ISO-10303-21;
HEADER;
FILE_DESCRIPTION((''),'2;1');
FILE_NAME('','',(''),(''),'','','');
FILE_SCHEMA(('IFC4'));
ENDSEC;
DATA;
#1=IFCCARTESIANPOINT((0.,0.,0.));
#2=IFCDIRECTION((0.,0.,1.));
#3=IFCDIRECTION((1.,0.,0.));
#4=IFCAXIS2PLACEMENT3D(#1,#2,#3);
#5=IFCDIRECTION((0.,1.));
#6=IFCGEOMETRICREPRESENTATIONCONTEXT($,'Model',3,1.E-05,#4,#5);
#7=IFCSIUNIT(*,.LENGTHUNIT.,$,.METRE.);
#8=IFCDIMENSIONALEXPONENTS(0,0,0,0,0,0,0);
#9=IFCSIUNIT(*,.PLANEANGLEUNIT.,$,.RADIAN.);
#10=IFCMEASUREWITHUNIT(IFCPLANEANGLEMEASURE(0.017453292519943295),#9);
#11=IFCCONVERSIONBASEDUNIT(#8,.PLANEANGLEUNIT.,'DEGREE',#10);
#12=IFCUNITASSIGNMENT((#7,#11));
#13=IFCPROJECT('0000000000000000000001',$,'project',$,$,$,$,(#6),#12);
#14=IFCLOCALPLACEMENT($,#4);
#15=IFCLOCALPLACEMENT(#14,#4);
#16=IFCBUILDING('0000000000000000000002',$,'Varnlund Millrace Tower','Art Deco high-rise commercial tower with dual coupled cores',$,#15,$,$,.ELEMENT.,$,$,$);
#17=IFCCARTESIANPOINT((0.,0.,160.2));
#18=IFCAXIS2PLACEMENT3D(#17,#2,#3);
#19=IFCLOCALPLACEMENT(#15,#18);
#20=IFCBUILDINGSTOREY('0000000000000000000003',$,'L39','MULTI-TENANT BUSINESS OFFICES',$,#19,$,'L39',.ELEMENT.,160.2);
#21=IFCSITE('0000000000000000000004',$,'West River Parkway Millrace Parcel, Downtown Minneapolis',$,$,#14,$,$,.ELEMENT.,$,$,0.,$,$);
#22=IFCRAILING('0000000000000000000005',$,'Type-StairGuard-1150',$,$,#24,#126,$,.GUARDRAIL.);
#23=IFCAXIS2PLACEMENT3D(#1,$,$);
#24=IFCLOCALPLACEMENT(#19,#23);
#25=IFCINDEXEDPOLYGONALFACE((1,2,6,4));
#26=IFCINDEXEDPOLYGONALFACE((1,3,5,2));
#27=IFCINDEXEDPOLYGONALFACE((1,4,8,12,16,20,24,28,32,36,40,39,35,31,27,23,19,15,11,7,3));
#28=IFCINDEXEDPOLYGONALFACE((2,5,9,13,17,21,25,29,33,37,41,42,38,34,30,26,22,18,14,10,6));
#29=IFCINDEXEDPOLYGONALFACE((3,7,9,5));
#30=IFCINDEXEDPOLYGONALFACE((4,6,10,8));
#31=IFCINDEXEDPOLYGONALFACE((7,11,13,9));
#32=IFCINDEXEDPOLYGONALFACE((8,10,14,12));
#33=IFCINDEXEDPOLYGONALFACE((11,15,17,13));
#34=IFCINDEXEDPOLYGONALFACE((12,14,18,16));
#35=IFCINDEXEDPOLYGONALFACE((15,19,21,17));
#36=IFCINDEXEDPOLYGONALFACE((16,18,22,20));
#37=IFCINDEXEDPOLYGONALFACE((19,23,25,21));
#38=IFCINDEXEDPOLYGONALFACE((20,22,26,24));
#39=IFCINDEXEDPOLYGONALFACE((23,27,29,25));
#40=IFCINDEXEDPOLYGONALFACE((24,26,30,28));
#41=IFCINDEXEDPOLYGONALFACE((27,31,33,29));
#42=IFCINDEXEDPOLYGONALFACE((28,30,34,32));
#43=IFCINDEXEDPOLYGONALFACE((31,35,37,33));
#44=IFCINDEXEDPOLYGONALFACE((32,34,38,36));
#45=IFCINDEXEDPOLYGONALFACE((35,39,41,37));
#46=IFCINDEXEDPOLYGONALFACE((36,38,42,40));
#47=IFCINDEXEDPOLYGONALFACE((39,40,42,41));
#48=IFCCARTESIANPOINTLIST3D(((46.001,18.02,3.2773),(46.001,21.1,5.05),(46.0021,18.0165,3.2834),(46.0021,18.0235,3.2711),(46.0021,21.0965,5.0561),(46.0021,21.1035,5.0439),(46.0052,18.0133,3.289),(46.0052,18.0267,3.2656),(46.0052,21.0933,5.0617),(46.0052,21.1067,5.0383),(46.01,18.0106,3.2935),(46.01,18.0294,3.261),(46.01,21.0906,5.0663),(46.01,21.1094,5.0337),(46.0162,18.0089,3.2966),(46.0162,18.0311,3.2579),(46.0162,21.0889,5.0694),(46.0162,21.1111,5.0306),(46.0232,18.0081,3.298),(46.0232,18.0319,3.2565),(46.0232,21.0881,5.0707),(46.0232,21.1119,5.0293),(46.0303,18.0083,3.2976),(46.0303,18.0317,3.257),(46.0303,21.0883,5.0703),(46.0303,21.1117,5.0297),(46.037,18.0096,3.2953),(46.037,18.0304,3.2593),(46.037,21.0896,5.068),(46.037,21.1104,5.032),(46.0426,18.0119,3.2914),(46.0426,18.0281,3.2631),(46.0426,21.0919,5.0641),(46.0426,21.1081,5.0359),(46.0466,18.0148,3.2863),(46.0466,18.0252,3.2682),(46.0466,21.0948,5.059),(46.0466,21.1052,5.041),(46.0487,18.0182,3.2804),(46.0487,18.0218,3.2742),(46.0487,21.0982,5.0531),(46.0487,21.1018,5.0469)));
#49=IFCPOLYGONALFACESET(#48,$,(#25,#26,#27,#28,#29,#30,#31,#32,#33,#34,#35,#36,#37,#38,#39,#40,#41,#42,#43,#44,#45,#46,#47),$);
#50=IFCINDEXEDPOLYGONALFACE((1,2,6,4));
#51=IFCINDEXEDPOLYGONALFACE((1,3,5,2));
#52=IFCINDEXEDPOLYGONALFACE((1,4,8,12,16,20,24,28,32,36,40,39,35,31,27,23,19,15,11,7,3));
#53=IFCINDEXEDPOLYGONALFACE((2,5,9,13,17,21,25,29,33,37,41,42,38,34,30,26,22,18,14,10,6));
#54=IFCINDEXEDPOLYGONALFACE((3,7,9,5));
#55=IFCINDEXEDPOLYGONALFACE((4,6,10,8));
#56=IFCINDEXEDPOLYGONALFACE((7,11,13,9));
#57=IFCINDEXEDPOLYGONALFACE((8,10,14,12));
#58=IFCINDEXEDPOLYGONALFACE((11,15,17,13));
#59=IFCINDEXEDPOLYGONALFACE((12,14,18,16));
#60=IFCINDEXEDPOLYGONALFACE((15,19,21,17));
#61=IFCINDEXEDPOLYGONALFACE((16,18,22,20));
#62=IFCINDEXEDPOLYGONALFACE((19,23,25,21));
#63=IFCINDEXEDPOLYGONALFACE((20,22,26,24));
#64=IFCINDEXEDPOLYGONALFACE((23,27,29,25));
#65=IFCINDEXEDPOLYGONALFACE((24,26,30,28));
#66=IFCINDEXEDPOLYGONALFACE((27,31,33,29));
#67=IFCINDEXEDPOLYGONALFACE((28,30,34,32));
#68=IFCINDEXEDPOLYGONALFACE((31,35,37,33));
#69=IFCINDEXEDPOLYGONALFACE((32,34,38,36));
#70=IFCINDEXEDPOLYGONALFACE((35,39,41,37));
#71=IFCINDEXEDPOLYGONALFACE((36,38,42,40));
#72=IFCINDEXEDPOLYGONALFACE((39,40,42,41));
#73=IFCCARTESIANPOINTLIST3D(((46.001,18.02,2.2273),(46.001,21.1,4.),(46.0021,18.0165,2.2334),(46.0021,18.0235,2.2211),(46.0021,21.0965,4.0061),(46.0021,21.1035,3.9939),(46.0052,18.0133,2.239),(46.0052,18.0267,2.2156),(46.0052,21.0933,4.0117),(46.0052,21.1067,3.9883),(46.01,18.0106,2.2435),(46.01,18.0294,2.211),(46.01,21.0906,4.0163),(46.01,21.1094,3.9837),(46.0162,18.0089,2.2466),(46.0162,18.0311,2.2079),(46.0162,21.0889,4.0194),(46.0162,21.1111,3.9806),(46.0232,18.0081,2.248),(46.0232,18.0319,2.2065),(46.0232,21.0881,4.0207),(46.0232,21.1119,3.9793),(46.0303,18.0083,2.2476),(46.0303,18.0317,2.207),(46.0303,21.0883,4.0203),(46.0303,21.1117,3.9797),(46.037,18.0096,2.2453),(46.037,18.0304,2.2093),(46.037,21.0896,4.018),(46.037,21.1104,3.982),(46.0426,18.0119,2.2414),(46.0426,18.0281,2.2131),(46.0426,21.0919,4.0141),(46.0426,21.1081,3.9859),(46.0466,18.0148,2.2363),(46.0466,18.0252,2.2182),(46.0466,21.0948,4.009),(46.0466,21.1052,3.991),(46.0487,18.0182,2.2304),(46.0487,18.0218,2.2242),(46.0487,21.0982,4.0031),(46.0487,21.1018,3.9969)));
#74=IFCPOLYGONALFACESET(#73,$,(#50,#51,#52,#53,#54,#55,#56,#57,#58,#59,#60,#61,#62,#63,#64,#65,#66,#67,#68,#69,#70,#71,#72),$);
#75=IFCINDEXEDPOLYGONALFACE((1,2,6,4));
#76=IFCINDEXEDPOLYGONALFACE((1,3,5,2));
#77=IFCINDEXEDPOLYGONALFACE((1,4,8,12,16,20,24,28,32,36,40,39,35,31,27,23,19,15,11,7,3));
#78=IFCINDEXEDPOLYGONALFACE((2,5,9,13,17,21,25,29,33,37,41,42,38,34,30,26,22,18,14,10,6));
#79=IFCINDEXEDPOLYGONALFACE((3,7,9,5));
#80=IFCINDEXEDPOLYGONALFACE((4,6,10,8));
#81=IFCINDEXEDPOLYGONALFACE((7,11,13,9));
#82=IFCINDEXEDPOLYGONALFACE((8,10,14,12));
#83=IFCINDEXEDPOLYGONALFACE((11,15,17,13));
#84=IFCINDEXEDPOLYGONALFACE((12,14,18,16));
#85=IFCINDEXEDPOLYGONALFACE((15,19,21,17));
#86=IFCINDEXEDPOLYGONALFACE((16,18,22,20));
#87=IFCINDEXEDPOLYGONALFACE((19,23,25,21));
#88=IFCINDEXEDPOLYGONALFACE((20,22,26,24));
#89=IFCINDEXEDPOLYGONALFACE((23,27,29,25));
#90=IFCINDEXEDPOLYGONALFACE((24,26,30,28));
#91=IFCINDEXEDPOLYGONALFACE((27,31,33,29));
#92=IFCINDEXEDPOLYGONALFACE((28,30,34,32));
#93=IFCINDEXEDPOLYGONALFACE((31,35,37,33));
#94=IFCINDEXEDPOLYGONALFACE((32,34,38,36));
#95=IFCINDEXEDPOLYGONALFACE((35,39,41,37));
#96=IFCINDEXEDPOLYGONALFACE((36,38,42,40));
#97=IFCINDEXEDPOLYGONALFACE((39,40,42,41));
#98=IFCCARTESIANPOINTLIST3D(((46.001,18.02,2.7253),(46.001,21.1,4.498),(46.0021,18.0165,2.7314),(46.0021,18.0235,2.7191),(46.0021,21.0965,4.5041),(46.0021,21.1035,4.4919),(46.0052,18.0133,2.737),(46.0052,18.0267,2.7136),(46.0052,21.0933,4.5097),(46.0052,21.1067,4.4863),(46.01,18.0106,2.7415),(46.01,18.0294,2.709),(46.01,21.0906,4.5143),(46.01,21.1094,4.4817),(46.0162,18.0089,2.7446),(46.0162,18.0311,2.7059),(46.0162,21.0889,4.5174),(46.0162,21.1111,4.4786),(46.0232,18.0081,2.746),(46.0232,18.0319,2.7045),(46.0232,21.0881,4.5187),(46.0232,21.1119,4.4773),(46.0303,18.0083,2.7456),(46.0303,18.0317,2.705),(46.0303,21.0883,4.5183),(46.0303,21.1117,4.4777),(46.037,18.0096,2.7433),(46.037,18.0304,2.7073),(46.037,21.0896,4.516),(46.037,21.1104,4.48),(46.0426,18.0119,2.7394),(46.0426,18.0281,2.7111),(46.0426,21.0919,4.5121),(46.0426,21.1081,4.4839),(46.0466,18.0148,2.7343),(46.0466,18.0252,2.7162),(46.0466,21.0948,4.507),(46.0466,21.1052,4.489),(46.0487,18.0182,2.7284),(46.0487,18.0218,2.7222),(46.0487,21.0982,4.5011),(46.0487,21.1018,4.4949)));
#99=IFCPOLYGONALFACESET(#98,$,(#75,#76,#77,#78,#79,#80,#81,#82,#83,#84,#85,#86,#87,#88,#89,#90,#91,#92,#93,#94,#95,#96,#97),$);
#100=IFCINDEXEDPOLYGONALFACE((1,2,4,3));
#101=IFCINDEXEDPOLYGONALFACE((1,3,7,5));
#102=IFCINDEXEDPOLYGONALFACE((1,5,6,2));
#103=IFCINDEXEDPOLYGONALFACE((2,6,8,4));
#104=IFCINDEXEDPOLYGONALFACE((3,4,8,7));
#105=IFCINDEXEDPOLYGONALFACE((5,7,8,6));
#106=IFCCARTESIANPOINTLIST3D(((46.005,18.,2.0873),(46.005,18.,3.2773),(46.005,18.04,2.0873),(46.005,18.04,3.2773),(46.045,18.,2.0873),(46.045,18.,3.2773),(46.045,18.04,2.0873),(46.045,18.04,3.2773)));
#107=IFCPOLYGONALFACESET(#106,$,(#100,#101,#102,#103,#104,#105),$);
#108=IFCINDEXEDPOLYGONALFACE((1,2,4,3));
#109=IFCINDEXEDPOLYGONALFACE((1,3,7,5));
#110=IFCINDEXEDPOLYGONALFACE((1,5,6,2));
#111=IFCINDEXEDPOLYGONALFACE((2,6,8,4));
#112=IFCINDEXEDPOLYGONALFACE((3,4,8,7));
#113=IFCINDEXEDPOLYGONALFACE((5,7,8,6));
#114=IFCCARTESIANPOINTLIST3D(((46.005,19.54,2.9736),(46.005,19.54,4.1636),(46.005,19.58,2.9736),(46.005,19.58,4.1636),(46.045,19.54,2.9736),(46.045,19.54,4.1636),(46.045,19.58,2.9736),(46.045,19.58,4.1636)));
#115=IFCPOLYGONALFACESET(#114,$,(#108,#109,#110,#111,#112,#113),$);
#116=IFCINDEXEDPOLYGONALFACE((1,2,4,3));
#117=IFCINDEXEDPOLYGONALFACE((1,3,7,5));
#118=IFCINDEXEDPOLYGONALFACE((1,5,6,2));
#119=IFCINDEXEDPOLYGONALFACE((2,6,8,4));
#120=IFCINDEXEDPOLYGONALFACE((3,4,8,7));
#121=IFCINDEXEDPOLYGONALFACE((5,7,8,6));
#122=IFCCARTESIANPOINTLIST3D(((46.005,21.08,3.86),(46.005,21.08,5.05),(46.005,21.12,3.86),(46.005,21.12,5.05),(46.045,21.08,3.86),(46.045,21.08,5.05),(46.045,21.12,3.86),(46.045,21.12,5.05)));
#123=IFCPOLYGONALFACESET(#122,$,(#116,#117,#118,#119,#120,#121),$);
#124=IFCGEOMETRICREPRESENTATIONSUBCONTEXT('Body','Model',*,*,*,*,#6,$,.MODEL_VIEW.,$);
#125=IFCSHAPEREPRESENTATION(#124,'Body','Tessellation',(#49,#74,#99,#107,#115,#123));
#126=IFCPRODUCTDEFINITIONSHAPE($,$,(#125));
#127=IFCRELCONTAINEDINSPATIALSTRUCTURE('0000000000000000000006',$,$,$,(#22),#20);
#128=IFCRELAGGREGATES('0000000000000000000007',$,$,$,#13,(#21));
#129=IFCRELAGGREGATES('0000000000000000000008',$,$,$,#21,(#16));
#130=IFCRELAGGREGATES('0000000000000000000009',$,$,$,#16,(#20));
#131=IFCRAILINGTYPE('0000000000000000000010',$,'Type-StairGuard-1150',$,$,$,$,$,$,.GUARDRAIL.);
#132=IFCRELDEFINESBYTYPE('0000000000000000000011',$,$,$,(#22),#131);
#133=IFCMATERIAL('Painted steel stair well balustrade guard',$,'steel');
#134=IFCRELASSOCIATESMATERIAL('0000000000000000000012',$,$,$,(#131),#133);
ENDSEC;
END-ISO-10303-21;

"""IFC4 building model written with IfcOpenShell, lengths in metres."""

from ifc_helpers import new_model, entity, si_unit, converted_unit, direction, frame, origin_with_axes, origin_2d_with_axis, place, context, subcontext, project, spatial, rectangle, circle, extrude, material, type_object, element, save


model = new_model("IFC4")

# Units and contexts
model_context = context("Model", 3, precision=1e-05, world=origin_with_axes(), true_north=direction((0.0, 1.0)))
body_context = subcontext(model_context, "Body", "Model", "MODEL_VIEW")
ifc_project = project(units=[si_unit("LENGTHUNIT", "METRE"), converted_unit("PLANEANGLEUNIT", "DEGREE", entity("IfcPlaneAngleMeasure", 0.017453292519943295), si_unit("PLANEANGLEUNIT", "RADIAN"), dimensions=[0, 0, 0, 0, 0, 0, 0])], contexts=[model_context])

# Site, building, storey
site_placement = place(None, origin_with_axes())
site = spatial("IfcSite", under=ifc_project, at=site_placement, Name="West River Parkway Millrace Parcel, Downtown Minneapolis", CompositionType="ELEMENT", RefElevation=0.0)
building_placement = place(site_placement, origin_with_axes())
building = spatial("IfcBuilding", under=site, at=building_placement, Name="Varnlund Millrace Tower", Description="Art Deco high-rise commercial tower with dual coupled cores", CompositionType="ELEMENT")
storey_placement = place(building_placement, frame((0.0, 0.0, 160.2), z_axis=(0.0, 0.0, 1.0), x_axis=(1.0, 0.0, 0.0)))
storey = spatial("IfcBuildingStorey", under=building, at=storey_placement, Name="L39", Description="MULTI-TENANT BUSINESS OFFICES", LongName="L39", CompositionType="ELEMENT", Elevation=160.2)

# Railing
ifc_material_1 = material(Name="Painted steel stair well balustrade guard", Category="steel")
railing_type_1 = type_object("IfcRailingType", Name="Type-StairGuard-1150", PredefinedType="GUARDRAIL", material=ifc_material_1)
railing_1_placement = place(storey_placement, frame((0.0, 0.0, -160.2), z_axis=(0.0, 0.0, 1.0), x_axis=(1.0, 0.0, 0.0)))
element("IfcRailing", 1, at=railing_1_placement, inside=storey, type_object=railing_type_1, Name="Type-StairGuard-1150", PredefinedType="GUARDRAIL", context=body_context, shape_type="SweptSolid", body=[
    extrude(circle(Radius=0.024, at=origin_2d_with_axis()), frame((46.025, 18.02, 163.4773), z_axis=(0.0, 0.866696, 0.498836), x_axis=(-1.0, 0.0, 0.0)), (0.0, 0.0, 1.0), 3.5537),
    extrude(circle(Radius=0.024, at=origin_2d_with_axis()), frame((46.025, 18.02, 162.4273), z_axis=(0.0, 0.866696, 0.498836), x_axis=(-1.0, 0.0, 0.0)), (0.0, 0.0, 1.0), 3.5537),
    extrude(circle(Radius=0.024, at=origin_2d_with_axis()), frame((46.025, 18.02, 162.9253), z_axis=(0.0, 0.866696, 0.498836), x_axis=(-1.0, 0.0, 0.0)), (0.0, 0.0, 1.0), 3.5537),
    extrude(rectangle(XDim=0.04, YDim=0.04, at=origin_2d_with_axis()), frame((46.025, 18.02, 162.2873), z_axis=(0.0, 0.0, 1.0), x_axis=(1.0, 0.0, 0.0)), (0.0, 0.0, 1.0), 1.19),
    extrude(rectangle(XDim=0.04, YDim=0.04, at=origin_2d_with_axis()), frame((46.025, 19.56, 163.1736), z_axis=(0.0, 0.0, 1.0), x_axis=(1.0, 0.0, 0.0)), (0.0, 0.0, 1.0), 1.19),
    extrude(rectangle(XDim=0.04, YDim=0.04, at=origin_2d_with_axis()), frame((46.025, 21.1, 164.06), z_axis=(0.0, 0.0, 1.0), x_axis=(1.0, 0.0, 0.0)), (0.0, 0.0, 1.0), 1.19),
])

save(model, "model.ifc")
